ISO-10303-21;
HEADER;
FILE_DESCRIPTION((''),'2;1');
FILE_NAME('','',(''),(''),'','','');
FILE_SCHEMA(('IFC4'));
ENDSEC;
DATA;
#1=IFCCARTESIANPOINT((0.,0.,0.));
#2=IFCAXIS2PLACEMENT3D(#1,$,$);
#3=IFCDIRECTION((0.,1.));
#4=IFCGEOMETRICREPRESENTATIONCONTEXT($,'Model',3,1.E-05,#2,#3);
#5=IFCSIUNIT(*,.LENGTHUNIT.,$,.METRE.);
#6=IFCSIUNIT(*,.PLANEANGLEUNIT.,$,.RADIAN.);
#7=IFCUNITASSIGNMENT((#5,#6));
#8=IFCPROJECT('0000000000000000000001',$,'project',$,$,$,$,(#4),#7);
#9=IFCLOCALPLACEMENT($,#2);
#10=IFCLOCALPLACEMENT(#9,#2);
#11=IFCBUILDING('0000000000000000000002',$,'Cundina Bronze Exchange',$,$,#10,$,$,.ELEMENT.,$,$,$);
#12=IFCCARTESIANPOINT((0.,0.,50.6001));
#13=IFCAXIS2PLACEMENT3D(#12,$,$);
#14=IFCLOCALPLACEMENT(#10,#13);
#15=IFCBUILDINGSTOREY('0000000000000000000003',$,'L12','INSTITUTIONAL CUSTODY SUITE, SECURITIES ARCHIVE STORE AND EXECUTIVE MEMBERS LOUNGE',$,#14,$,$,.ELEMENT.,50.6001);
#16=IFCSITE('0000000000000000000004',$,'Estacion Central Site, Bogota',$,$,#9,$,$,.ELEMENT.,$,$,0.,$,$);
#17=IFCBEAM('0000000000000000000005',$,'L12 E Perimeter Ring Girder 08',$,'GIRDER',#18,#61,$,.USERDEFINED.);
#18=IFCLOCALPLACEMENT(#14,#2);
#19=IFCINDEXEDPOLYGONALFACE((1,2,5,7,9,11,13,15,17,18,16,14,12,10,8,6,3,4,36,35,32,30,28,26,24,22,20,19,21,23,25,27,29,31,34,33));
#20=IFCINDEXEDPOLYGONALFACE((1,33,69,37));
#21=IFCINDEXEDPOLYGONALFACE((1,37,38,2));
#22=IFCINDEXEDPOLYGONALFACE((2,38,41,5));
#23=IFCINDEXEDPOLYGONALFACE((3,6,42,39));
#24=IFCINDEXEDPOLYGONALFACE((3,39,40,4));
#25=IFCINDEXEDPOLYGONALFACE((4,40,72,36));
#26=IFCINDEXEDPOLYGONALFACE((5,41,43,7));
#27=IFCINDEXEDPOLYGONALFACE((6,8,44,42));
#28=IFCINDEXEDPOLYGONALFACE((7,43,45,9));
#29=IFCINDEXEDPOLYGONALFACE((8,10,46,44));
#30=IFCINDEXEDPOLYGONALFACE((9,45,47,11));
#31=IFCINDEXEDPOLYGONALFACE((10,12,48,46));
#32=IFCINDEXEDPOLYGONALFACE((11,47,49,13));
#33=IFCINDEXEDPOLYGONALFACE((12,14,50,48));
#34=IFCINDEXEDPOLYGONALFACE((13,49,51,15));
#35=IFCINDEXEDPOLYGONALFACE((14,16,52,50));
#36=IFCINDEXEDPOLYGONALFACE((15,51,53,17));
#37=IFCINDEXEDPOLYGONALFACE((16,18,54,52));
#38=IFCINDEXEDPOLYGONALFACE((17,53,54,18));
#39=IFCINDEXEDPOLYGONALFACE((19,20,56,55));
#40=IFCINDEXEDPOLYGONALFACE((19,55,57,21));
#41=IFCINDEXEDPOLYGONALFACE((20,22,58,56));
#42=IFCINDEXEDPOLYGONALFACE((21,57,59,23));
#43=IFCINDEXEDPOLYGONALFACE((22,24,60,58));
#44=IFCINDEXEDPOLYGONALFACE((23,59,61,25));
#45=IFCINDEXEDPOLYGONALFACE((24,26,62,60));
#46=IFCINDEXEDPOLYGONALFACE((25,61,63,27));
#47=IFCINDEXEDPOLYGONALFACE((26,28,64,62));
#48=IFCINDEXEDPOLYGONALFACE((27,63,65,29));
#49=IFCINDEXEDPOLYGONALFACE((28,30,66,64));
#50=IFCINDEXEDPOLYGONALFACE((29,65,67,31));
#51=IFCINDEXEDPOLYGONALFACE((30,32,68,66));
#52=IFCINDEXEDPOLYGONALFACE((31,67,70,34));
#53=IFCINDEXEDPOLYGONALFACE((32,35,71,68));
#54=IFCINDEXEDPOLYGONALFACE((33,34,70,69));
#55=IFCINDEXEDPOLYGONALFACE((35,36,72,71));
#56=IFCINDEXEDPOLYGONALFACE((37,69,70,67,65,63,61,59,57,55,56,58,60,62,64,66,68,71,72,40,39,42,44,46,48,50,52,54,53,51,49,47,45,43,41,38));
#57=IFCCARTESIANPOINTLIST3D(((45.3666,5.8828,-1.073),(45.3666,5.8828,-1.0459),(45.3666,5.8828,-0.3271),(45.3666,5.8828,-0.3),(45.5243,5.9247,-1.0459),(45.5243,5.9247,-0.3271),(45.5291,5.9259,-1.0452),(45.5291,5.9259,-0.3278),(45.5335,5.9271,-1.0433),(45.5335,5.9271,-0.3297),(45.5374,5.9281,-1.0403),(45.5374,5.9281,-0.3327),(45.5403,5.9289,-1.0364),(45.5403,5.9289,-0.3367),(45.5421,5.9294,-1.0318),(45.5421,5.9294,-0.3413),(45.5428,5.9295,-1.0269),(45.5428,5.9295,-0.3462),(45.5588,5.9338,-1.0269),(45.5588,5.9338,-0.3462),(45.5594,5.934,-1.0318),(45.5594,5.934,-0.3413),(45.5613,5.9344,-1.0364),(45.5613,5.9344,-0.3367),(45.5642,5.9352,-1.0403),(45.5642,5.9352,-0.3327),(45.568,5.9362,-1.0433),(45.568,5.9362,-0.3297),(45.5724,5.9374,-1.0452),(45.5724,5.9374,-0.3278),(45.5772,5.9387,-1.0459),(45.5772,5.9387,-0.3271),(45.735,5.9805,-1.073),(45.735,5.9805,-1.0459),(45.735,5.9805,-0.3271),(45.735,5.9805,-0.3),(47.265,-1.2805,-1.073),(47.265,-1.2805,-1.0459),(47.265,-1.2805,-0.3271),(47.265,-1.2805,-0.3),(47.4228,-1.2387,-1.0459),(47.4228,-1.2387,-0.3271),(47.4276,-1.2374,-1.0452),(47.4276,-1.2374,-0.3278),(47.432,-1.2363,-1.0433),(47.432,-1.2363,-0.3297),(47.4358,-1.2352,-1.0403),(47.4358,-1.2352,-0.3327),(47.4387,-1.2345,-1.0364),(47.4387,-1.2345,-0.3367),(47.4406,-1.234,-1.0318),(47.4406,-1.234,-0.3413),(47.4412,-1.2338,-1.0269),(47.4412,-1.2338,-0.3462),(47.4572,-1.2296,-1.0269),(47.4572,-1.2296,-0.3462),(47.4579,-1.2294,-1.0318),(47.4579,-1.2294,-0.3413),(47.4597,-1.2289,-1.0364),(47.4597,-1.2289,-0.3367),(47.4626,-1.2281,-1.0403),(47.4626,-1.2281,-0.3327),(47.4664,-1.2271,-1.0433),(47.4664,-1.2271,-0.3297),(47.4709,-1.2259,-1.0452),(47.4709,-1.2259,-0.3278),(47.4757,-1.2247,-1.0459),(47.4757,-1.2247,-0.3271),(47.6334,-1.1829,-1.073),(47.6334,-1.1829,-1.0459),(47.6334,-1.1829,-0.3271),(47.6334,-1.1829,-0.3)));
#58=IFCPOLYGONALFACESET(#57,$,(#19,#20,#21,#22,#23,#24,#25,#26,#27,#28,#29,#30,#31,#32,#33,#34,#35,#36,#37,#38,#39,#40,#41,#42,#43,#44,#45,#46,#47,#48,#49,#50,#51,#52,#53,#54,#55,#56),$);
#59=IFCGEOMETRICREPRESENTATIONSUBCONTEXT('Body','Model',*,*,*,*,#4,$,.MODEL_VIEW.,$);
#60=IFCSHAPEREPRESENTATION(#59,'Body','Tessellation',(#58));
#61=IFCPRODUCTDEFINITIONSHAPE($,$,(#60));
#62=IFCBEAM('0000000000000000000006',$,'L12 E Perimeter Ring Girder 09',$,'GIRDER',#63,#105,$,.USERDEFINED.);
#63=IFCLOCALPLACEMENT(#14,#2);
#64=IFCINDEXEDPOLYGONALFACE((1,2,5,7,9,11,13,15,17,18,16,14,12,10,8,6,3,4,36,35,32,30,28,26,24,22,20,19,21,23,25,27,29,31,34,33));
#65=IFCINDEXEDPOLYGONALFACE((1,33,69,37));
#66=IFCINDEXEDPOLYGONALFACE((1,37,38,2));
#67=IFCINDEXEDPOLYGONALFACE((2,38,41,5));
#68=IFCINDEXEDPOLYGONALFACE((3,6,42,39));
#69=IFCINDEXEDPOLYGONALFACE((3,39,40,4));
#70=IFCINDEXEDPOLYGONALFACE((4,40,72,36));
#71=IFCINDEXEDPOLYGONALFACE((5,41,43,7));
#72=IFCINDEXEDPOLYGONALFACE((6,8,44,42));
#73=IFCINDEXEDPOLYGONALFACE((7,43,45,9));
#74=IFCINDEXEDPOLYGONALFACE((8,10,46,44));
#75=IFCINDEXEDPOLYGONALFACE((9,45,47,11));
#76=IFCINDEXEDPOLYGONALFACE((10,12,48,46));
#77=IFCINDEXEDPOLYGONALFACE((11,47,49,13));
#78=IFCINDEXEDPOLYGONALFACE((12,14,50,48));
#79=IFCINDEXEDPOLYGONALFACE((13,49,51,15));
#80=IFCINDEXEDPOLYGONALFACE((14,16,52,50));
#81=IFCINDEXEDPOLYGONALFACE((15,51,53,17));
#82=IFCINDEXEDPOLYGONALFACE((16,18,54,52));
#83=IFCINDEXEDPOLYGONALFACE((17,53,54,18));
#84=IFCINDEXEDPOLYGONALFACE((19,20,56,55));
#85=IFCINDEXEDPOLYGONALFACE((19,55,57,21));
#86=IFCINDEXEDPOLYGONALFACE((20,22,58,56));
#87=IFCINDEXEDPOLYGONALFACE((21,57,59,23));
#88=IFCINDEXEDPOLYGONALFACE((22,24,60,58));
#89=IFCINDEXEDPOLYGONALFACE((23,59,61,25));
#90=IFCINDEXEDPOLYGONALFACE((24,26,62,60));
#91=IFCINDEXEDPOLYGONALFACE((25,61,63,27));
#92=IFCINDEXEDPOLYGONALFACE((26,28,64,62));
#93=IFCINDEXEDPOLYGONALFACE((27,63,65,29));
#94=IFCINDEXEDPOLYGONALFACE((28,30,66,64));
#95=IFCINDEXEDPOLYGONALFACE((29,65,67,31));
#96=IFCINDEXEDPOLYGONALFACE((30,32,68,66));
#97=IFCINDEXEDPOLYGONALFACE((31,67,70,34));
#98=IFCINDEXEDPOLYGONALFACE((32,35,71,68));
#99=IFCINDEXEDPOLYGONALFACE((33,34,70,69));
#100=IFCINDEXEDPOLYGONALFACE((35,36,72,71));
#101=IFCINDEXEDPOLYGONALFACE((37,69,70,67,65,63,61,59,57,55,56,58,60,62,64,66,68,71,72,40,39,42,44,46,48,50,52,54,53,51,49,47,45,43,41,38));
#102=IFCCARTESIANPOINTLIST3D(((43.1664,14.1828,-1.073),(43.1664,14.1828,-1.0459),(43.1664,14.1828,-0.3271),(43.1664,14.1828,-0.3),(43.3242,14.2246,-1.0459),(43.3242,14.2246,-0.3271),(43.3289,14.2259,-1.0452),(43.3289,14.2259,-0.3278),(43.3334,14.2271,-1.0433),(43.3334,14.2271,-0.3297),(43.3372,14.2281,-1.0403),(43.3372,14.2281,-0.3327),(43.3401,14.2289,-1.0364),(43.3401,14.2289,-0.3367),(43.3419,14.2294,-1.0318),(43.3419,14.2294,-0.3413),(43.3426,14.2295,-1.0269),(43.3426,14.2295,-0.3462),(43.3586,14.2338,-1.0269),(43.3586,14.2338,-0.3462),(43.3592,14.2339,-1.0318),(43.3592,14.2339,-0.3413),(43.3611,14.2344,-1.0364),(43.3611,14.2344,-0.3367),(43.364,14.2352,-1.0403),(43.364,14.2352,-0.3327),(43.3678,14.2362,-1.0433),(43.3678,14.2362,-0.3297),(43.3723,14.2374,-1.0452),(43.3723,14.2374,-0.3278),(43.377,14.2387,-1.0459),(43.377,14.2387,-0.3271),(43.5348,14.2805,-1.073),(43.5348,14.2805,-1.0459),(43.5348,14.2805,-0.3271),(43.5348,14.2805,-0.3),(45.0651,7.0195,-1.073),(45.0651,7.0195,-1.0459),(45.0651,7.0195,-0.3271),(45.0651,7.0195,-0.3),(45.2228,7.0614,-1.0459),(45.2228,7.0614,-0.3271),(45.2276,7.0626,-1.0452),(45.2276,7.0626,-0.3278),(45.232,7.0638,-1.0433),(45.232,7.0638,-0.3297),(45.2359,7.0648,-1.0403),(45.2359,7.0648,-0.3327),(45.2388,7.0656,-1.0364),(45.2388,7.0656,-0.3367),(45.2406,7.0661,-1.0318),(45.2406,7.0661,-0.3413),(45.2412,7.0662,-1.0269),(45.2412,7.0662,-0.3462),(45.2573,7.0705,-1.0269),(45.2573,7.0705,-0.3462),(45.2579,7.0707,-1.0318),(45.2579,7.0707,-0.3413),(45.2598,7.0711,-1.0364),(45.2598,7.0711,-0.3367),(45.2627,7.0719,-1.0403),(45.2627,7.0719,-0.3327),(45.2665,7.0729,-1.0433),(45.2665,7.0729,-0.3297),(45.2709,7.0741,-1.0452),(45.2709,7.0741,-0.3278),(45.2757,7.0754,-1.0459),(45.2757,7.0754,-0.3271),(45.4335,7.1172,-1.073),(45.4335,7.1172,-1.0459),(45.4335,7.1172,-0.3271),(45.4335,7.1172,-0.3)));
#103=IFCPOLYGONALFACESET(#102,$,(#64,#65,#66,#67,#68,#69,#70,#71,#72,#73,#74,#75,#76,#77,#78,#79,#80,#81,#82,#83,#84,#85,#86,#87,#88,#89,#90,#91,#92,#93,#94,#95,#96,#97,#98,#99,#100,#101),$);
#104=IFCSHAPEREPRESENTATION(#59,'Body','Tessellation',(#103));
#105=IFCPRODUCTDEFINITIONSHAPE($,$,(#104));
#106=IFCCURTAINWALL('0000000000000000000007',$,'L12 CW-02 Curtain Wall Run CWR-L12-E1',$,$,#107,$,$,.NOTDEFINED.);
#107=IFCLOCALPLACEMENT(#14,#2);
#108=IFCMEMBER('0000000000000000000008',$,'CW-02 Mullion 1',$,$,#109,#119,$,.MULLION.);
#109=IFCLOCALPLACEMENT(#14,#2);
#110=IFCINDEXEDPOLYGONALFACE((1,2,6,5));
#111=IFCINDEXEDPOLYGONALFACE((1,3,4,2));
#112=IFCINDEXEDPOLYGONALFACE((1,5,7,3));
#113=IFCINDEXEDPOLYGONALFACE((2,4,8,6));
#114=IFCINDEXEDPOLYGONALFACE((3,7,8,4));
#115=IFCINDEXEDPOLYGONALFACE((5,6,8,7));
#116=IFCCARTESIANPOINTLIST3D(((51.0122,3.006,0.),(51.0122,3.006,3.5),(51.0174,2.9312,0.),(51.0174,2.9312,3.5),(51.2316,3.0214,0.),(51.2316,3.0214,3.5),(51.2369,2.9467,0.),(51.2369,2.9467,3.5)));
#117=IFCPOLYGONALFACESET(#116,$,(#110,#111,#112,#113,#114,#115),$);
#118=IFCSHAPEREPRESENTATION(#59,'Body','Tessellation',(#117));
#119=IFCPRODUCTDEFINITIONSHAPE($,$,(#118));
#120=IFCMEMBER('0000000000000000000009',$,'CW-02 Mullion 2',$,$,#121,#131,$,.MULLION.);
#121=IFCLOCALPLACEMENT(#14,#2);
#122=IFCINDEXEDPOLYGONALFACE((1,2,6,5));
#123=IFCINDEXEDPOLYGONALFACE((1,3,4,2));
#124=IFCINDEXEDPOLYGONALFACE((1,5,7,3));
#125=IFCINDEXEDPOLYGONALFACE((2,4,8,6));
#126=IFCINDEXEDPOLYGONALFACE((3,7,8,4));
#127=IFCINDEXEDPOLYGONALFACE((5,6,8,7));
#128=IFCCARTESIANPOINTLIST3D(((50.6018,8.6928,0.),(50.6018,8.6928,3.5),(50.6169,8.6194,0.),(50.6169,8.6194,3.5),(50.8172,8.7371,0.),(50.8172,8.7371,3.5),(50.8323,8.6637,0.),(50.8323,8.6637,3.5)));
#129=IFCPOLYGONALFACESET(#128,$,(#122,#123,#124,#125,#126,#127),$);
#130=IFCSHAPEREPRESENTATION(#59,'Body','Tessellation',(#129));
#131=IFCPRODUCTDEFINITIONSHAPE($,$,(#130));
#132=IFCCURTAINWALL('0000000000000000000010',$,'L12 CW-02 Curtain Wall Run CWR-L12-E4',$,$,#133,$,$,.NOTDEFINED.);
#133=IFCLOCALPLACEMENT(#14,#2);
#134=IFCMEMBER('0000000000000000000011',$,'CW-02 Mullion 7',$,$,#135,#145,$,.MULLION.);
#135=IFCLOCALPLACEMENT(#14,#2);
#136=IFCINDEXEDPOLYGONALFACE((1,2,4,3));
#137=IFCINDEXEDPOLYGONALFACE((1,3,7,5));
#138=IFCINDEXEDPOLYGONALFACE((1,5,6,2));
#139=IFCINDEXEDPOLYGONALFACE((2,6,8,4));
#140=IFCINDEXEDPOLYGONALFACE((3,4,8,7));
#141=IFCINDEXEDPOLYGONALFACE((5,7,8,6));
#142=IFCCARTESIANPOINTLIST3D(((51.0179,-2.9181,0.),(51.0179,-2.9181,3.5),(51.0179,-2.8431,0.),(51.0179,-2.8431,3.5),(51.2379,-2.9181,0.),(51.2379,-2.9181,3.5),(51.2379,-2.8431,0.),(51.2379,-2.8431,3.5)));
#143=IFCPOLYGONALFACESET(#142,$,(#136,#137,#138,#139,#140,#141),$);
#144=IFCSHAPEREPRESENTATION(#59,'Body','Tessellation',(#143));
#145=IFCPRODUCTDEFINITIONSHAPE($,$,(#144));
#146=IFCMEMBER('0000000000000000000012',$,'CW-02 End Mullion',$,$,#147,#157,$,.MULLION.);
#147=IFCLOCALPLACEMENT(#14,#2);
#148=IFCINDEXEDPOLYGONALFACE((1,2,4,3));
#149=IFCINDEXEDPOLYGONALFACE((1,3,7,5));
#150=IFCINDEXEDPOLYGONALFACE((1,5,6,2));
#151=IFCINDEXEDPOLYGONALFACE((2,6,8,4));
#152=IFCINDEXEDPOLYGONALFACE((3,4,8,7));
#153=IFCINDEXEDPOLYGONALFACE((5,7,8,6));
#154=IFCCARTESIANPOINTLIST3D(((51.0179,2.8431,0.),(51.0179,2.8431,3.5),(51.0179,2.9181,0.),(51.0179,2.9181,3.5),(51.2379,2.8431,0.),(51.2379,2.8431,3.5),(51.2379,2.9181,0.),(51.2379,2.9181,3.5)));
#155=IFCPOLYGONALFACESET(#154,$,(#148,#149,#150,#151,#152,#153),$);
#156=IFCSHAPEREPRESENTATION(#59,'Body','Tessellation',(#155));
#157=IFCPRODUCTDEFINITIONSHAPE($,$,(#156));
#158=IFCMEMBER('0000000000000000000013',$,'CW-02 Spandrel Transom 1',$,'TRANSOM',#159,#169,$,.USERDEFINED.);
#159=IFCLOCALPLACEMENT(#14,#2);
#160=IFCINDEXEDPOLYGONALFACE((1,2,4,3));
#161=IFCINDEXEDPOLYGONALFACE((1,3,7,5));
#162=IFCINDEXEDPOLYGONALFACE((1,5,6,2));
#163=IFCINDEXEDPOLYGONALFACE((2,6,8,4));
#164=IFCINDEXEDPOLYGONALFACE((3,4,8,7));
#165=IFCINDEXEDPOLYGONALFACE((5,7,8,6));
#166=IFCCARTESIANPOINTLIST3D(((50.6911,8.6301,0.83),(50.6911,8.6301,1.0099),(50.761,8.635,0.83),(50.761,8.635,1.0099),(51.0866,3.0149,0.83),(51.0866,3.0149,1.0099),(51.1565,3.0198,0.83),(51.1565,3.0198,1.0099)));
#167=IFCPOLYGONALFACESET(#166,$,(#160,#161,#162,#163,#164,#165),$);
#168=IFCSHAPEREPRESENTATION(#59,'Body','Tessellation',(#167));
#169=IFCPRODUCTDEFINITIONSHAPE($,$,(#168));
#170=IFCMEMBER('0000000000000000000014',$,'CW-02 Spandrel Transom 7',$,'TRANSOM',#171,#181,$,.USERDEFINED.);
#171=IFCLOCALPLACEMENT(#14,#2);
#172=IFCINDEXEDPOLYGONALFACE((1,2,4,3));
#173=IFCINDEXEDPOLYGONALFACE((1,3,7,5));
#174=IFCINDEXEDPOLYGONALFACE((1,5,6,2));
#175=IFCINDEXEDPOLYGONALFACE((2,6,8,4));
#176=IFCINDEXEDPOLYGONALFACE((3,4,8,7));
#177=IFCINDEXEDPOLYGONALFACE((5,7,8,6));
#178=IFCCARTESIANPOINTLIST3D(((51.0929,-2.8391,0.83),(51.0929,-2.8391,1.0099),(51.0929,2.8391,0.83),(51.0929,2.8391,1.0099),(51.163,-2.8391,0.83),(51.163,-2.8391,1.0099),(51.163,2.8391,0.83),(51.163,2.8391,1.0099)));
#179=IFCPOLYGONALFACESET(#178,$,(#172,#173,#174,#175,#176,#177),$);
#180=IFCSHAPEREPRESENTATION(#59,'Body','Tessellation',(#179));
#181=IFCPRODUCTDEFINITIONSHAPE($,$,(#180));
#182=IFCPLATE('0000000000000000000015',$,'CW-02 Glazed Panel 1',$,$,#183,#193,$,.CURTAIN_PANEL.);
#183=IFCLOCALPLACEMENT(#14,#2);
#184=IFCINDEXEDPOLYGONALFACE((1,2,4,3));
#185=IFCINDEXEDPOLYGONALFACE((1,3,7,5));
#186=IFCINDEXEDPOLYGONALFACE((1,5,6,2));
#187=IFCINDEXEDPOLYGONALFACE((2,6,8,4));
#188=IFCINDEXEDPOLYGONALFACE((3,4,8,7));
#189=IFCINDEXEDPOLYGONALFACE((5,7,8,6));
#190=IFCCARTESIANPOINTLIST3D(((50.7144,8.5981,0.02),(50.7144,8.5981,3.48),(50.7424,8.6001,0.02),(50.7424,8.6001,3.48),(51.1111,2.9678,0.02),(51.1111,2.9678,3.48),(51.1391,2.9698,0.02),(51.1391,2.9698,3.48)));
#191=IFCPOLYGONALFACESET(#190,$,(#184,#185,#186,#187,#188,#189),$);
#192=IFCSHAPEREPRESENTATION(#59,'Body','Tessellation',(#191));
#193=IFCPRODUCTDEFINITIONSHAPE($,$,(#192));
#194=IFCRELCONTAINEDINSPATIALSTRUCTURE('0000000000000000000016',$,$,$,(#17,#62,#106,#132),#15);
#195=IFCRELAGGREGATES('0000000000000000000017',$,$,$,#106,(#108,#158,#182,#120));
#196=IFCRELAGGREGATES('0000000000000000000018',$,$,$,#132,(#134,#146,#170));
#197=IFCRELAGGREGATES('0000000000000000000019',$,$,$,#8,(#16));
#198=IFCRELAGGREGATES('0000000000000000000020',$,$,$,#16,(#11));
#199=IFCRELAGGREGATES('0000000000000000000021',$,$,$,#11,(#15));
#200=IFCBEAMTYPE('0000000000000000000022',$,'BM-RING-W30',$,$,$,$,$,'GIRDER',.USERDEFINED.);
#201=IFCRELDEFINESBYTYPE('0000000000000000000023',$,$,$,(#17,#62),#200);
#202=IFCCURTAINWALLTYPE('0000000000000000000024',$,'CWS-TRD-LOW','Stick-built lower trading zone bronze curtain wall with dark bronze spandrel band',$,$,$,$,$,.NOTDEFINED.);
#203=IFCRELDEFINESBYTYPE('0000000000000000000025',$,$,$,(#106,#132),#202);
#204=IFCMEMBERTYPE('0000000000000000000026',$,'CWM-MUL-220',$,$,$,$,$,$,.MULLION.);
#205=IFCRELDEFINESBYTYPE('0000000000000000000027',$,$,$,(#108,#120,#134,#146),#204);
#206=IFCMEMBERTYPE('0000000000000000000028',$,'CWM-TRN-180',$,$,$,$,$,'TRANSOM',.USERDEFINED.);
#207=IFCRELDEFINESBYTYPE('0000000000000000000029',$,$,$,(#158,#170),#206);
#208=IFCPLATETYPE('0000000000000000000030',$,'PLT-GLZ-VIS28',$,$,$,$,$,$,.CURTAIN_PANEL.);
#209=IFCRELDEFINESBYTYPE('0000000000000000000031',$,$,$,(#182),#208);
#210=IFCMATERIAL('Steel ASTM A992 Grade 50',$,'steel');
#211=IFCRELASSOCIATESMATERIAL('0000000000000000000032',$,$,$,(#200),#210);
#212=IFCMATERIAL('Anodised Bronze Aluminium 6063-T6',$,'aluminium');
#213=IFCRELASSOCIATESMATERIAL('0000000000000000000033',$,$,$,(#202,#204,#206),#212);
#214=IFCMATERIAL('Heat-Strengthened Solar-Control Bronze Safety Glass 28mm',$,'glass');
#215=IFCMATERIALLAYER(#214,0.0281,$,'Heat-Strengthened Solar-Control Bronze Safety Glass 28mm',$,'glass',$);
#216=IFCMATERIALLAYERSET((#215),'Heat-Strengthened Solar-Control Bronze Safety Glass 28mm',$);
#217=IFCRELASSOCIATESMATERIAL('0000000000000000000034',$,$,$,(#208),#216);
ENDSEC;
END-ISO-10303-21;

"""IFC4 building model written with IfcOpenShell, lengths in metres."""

from ifc_helpers import new_model, si_unit, direction, frame, origin, origin_2d, place, context, subcontext, project, spatial, rectangle, i_section, extrude, material, layer, layer_set, material_profile, profile_set, type_object, element, aggregate, save


model = new_model("IFC4")

# Units and contexts
model_context = context("Model", 3, precision=1e-05, world=origin(), true_north=direction((0.0, 1.0)))
body_context = subcontext(model_context, "Body", "Model", "MODEL_VIEW")
ifc_project = project(units=[si_unit("LENGTHUNIT", "METRE"), si_unit("PLANEANGLEUNIT", "RADIAN")], contexts=[model_context])

# Site, building, storey
site_placement = place(None, origin())
site = spatial("IfcSite", under=ifc_project, at=site_placement, Name="Estacion Central Site, Bogota", CompositionType="ELEMENT", RefElevation=0.0)
building_placement = place(site_placement, origin())
building = spatial("IfcBuilding", under=site, at=building_placement, Name="Cundina Bronze Exchange", CompositionType="ELEMENT")
storey_placement = place(building_placement, frame((0.0, 0.0, 50.6001)))
storey = spatial("IfcBuildingStorey", under=building, at=storey_placement, Name="L12", Description="INSTITUTIONAL CUSTODY SUITE, SECURITIES ARCHIVE STORE AND EXECUTIVE MEMBERS LOUNGE", CompositionType="ELEMENT", Elevation=50.6001)

# Shared definitions
ifc_material_1 = material(Name="Steel ASTM A992 Grade 50", Category="steel")

# Beams
ifc_material_profile_1 = material_profile(ifc_material_1, i_section(OverallWidth=0.3811, OverallDepth=0.7729, WebThickness=0.0166, FlangeThickness=0.0271, FilletRadius=0.019, at=origin_2d()), Name="W30X173", Category="steel")
ifc_profile_set_1 = profile_set([ifc_material_profile_1], Name="Steel ASTM A992 Grade 50")
beam_type_1 = type_object("IfcBeamType", Name="BM-RING-W30", ElementType="GIRDER", PredefinedType="USERDEFINED", material=ifc_profile_set_1)
for number, where, z_axis, x_axis, name in (
    (1, (47.4492, -1.2317, -0.6865), (-0.256178, 0.96663, 0.0), (-0.96663, -0.256178, 0.0), "L12 E Perimeter Ring Girder 08"),
    (2, (45.2493, 7.0684, -0.6865), (-0.256209, 0.966622, 0.0), (-0.966622, -0.256209, 0.0), "L12 E Perimeter Ring Girder 09"),
):
    element("IfcBeam", number, at=place(storey_placement, frame(where, z_axis=z_axis, x_axis=x_axis)), inside=storey, type_object=beam_type_1, Name=name, ObjectType="GIRDER", PredefinedType="USERDEFINED", context=body_context, shape_type="SweptSolid", body=[
        extrude(i_section(OverallWidth=0.3811, OverallDepth=0.7729, WebThickness=0.0166, FlangeThickness=0.0271, FilletRadius=0.019, at=origin_2d()), origin(), (0.0, 0.0, 1.0), 7.4106),
    ])

# Curtain walls, members
ifc_material_2 = material(Name="Anodised Bronze Aluminium 6063-T6", Category="aluminium")
curtain_wall_type = type_object("IfcCurtainWallType", Name="CWS-TRD-LOW", Description="Stick-built lower trading zone bronze curtain wall with dark bronze spandrel band", PredefinedType="NOTDEFINED", material=ifc_material_2)
curtain_wall_1_placement = place(storey_placement, origin())
curtain_wall_1 = element("IfcCurtainWall", 3, at=curtain_wall_1_placement, inside=storey, type_object=curtain_wall_type, Name="L12 CW-02 Curtain Wall Run CWR-L12-E1", PredefinedType="NOTDEFINED")
ifc_material_profile_2 = material_profile(ifc_material_2, rectangle(XDim=0.075, YDim=0.22, at=origin_2d()), Name="AL75X220", Category="aluminium")
ifc_profile_set_2 = profile_set([ifc_material_profile_2], Name="Anodised Bronze Aluminium 6063-T6")
member_type_1 = type_object("IfcMemberType", Name="CWM-MUL-220", PredefinedType="MULLION", material=ifc_profile_set_2)
member_1_placement = place(storey_placement, frame((51.1245, 2.9763, 0.0), z_axis=(0.0, 0.0, 1.0), x_axis=(-0.070279, 0.997527, 0.0)))
member_1 = element("IfcMember", 4, at=member_1_placement, type_object=member_type_1, Name="CW-02 Mullion 1", PredefinedType="MULLION", context=body_context, shape_type="SweptSolid", body=[
    extrude(rectangle(XDim=0.075, YDim=0.22, at=origin_2d()), origin(), (0.0, 0.0, 1.0), 3.5),
])
member_2_placement = place(storey_placement, frame((50.717, 8.6782, 0.0), z_axis=(0.0, 0.0, 1.0), x_axis=(-0.20142, 0.979505, 0.0)))
member_2 = element("IfcMember", 5, at=member_2_placement, type_object=member_type_1, Name="CW-02 Mullion 2", PredefinedType="MULLION", context=body_context, shape_type="SweptSolid", body=[
    extrude(rectangle(XDim=0.075, YDim=0.22, at=origin_2d()), origin(), (0.0, 0.0, 1.0), 3.5),
])
curtain_wall_2_placement = place(storey_placement, origin())
curtain_wall_2 = element("IfcCurtainWall", 6, at=curtain_wall_2_placement, inside=storey, type_object=curtain_wall_type, Name="L12 CW-02 Curtain Wall Run CWR-L12-E4", PredefinedType="NOTDEFINED")
member_3_placement = place(storey_placement, frame((51.1279, -2.8806, 0.0), z_axis=(0.0, 0.0, 1.0), x_axis=(0.0, 1.0, 0.0)))
member_3 = element("IfcMember", 7, at=member_3_placement, type_object=member_type_1, Name="CW-02 Mullion 7", PredefinedType="MULLION", context=body_context, shape_type="SweptSolid", body=[
    extrude(rectangle(XDim=0.075, YDim=0.22, at=origin_2d()), origin(), (0.0, 0.0, 1.0), 3.5),
])
member_4_placement = place(storey_placement, frame((51.1279, 2.8806, 0.0), z_axis=(0.0, 0.0, 1.0), x_axis=(0.0, 1.0, 0.0)))
member_4 = element("IfcMember", 8, at=member_4_placement, type_object=member_type_1, Name="CW-02 End Mullion", PredefinedType="MULLION", context=body_context, shape_type="SweptSolid", body=[
    extrude(rectangle(XDim=0.075, YDim=0.22, at=origin_2d()), origin(), (0.0, 0.0, 1.0), 3.5),
])

# Members
ifc_material_profile_3 = material_profile(ifc_material_2, rectangle(XDim=0.0701, YDim=0.1799, at=origin_2d()), Name="AL70X180", Category="aluminium")
ifc_profile_set_3 = profile_set([ifc_material_profile_3], Name="Anodised Bronze Aluminium 6063-T6")
member_type_2 = type_object("IfcMemberType", Name="CWM-TRN-180", ElementType="TRANSOM", PredefinedType="USERDEFINED", material=ifc_profile_set_3)
member_5_placement = place(storey_placement, frame((51.1216, 3.0173, 0.9199), z_axis=(-0.070261, 0.997529, 0.0), x_axis=(-0.997529, -0.070261, 0.0)))
member_5 = element("IfcMember", 9, at=member_5_placement, type_object=member_type_2, Name="CW-02 Spandrel Transom 1", ObjectType="TRANSOM", PredefinedType="USERDEFINED", context=body_context, shape_type="SweptSolid", body=[
    extrude(rectangle(XDim=0.0701, YDim=0.1799, at=origin_2d()), origin(), (0.0, 0.0, 1.0), 5.6292),
])
member_6_placement = place(storey_placement, frame((51.1279, -2.8391, 0.9199), z_axis=(0.0, 1.0, 0.0), x_axis=(-1.0, 0.0, 0.0)))
member_6 = element("IfcMember", 10, at=member_6_placement, type_object=member_type_2, Name="CW-02 Spandrel Transom 7", ObjectType="TRANSOM", PredefinedType="USERDEFINED", context=body_context, shape_type="SweptSolid", body=[
    extrude(rectangle(XDim=0.0701, YDim=0.1799, at=origin_2d()), origin(), (0.0, 0.0, 1.0), 5.6782),
])

# Plate
ifc_material_3 = material(Name="Heat-Strengthened Solar-Control Bronze Safety Glass 28mm", Category="glass")
ifc_layer_1 = layer(ifc_material_3, 0.0281, Name="Heat-Strengthened Solar-Control Bronze Safety Glass 28mm", Category="glass")
ifc_layer_set_1 = layer_set([ifc_layer_1], Name="Heat-Strengthened Solar-Control Bronze Safety Glass 28mm")
plate_type = type_object("IfcPlateType", Name="PLT-GLZ-VIS28", PredefinedType="CURTAIN_PANEL", material=ifc_layer_set_1)
plate_1_placement = place(storey_placement, frame((50.9268, 5.7839, 0.02), z_axis=(0.0, 0.0, 1.0), x_axis=(-0.070279, 0.997527, 0.0)))
plate_1 = element("IfcPlate", 11, at=plate_1_placement, type_object=plate_type, Name="CW-02 Glazed Panel 1", PredefinedType="CURTAIN_PANEL", context=body_context, shape_type="SweptSolid", body=[
    extrude(rectangle(XDim=5.6443, YDim=0.0281, at=origin_2d()), origin(), (0.0, 0.0, 1.0), 3.46),
])
aggregate(curtain_wall_1, [member_1, member_5, plate_1, member_2])
aggregate(curtain_wall_2, [member_3, member_4, member_6])

save(model, "model.ifc")
